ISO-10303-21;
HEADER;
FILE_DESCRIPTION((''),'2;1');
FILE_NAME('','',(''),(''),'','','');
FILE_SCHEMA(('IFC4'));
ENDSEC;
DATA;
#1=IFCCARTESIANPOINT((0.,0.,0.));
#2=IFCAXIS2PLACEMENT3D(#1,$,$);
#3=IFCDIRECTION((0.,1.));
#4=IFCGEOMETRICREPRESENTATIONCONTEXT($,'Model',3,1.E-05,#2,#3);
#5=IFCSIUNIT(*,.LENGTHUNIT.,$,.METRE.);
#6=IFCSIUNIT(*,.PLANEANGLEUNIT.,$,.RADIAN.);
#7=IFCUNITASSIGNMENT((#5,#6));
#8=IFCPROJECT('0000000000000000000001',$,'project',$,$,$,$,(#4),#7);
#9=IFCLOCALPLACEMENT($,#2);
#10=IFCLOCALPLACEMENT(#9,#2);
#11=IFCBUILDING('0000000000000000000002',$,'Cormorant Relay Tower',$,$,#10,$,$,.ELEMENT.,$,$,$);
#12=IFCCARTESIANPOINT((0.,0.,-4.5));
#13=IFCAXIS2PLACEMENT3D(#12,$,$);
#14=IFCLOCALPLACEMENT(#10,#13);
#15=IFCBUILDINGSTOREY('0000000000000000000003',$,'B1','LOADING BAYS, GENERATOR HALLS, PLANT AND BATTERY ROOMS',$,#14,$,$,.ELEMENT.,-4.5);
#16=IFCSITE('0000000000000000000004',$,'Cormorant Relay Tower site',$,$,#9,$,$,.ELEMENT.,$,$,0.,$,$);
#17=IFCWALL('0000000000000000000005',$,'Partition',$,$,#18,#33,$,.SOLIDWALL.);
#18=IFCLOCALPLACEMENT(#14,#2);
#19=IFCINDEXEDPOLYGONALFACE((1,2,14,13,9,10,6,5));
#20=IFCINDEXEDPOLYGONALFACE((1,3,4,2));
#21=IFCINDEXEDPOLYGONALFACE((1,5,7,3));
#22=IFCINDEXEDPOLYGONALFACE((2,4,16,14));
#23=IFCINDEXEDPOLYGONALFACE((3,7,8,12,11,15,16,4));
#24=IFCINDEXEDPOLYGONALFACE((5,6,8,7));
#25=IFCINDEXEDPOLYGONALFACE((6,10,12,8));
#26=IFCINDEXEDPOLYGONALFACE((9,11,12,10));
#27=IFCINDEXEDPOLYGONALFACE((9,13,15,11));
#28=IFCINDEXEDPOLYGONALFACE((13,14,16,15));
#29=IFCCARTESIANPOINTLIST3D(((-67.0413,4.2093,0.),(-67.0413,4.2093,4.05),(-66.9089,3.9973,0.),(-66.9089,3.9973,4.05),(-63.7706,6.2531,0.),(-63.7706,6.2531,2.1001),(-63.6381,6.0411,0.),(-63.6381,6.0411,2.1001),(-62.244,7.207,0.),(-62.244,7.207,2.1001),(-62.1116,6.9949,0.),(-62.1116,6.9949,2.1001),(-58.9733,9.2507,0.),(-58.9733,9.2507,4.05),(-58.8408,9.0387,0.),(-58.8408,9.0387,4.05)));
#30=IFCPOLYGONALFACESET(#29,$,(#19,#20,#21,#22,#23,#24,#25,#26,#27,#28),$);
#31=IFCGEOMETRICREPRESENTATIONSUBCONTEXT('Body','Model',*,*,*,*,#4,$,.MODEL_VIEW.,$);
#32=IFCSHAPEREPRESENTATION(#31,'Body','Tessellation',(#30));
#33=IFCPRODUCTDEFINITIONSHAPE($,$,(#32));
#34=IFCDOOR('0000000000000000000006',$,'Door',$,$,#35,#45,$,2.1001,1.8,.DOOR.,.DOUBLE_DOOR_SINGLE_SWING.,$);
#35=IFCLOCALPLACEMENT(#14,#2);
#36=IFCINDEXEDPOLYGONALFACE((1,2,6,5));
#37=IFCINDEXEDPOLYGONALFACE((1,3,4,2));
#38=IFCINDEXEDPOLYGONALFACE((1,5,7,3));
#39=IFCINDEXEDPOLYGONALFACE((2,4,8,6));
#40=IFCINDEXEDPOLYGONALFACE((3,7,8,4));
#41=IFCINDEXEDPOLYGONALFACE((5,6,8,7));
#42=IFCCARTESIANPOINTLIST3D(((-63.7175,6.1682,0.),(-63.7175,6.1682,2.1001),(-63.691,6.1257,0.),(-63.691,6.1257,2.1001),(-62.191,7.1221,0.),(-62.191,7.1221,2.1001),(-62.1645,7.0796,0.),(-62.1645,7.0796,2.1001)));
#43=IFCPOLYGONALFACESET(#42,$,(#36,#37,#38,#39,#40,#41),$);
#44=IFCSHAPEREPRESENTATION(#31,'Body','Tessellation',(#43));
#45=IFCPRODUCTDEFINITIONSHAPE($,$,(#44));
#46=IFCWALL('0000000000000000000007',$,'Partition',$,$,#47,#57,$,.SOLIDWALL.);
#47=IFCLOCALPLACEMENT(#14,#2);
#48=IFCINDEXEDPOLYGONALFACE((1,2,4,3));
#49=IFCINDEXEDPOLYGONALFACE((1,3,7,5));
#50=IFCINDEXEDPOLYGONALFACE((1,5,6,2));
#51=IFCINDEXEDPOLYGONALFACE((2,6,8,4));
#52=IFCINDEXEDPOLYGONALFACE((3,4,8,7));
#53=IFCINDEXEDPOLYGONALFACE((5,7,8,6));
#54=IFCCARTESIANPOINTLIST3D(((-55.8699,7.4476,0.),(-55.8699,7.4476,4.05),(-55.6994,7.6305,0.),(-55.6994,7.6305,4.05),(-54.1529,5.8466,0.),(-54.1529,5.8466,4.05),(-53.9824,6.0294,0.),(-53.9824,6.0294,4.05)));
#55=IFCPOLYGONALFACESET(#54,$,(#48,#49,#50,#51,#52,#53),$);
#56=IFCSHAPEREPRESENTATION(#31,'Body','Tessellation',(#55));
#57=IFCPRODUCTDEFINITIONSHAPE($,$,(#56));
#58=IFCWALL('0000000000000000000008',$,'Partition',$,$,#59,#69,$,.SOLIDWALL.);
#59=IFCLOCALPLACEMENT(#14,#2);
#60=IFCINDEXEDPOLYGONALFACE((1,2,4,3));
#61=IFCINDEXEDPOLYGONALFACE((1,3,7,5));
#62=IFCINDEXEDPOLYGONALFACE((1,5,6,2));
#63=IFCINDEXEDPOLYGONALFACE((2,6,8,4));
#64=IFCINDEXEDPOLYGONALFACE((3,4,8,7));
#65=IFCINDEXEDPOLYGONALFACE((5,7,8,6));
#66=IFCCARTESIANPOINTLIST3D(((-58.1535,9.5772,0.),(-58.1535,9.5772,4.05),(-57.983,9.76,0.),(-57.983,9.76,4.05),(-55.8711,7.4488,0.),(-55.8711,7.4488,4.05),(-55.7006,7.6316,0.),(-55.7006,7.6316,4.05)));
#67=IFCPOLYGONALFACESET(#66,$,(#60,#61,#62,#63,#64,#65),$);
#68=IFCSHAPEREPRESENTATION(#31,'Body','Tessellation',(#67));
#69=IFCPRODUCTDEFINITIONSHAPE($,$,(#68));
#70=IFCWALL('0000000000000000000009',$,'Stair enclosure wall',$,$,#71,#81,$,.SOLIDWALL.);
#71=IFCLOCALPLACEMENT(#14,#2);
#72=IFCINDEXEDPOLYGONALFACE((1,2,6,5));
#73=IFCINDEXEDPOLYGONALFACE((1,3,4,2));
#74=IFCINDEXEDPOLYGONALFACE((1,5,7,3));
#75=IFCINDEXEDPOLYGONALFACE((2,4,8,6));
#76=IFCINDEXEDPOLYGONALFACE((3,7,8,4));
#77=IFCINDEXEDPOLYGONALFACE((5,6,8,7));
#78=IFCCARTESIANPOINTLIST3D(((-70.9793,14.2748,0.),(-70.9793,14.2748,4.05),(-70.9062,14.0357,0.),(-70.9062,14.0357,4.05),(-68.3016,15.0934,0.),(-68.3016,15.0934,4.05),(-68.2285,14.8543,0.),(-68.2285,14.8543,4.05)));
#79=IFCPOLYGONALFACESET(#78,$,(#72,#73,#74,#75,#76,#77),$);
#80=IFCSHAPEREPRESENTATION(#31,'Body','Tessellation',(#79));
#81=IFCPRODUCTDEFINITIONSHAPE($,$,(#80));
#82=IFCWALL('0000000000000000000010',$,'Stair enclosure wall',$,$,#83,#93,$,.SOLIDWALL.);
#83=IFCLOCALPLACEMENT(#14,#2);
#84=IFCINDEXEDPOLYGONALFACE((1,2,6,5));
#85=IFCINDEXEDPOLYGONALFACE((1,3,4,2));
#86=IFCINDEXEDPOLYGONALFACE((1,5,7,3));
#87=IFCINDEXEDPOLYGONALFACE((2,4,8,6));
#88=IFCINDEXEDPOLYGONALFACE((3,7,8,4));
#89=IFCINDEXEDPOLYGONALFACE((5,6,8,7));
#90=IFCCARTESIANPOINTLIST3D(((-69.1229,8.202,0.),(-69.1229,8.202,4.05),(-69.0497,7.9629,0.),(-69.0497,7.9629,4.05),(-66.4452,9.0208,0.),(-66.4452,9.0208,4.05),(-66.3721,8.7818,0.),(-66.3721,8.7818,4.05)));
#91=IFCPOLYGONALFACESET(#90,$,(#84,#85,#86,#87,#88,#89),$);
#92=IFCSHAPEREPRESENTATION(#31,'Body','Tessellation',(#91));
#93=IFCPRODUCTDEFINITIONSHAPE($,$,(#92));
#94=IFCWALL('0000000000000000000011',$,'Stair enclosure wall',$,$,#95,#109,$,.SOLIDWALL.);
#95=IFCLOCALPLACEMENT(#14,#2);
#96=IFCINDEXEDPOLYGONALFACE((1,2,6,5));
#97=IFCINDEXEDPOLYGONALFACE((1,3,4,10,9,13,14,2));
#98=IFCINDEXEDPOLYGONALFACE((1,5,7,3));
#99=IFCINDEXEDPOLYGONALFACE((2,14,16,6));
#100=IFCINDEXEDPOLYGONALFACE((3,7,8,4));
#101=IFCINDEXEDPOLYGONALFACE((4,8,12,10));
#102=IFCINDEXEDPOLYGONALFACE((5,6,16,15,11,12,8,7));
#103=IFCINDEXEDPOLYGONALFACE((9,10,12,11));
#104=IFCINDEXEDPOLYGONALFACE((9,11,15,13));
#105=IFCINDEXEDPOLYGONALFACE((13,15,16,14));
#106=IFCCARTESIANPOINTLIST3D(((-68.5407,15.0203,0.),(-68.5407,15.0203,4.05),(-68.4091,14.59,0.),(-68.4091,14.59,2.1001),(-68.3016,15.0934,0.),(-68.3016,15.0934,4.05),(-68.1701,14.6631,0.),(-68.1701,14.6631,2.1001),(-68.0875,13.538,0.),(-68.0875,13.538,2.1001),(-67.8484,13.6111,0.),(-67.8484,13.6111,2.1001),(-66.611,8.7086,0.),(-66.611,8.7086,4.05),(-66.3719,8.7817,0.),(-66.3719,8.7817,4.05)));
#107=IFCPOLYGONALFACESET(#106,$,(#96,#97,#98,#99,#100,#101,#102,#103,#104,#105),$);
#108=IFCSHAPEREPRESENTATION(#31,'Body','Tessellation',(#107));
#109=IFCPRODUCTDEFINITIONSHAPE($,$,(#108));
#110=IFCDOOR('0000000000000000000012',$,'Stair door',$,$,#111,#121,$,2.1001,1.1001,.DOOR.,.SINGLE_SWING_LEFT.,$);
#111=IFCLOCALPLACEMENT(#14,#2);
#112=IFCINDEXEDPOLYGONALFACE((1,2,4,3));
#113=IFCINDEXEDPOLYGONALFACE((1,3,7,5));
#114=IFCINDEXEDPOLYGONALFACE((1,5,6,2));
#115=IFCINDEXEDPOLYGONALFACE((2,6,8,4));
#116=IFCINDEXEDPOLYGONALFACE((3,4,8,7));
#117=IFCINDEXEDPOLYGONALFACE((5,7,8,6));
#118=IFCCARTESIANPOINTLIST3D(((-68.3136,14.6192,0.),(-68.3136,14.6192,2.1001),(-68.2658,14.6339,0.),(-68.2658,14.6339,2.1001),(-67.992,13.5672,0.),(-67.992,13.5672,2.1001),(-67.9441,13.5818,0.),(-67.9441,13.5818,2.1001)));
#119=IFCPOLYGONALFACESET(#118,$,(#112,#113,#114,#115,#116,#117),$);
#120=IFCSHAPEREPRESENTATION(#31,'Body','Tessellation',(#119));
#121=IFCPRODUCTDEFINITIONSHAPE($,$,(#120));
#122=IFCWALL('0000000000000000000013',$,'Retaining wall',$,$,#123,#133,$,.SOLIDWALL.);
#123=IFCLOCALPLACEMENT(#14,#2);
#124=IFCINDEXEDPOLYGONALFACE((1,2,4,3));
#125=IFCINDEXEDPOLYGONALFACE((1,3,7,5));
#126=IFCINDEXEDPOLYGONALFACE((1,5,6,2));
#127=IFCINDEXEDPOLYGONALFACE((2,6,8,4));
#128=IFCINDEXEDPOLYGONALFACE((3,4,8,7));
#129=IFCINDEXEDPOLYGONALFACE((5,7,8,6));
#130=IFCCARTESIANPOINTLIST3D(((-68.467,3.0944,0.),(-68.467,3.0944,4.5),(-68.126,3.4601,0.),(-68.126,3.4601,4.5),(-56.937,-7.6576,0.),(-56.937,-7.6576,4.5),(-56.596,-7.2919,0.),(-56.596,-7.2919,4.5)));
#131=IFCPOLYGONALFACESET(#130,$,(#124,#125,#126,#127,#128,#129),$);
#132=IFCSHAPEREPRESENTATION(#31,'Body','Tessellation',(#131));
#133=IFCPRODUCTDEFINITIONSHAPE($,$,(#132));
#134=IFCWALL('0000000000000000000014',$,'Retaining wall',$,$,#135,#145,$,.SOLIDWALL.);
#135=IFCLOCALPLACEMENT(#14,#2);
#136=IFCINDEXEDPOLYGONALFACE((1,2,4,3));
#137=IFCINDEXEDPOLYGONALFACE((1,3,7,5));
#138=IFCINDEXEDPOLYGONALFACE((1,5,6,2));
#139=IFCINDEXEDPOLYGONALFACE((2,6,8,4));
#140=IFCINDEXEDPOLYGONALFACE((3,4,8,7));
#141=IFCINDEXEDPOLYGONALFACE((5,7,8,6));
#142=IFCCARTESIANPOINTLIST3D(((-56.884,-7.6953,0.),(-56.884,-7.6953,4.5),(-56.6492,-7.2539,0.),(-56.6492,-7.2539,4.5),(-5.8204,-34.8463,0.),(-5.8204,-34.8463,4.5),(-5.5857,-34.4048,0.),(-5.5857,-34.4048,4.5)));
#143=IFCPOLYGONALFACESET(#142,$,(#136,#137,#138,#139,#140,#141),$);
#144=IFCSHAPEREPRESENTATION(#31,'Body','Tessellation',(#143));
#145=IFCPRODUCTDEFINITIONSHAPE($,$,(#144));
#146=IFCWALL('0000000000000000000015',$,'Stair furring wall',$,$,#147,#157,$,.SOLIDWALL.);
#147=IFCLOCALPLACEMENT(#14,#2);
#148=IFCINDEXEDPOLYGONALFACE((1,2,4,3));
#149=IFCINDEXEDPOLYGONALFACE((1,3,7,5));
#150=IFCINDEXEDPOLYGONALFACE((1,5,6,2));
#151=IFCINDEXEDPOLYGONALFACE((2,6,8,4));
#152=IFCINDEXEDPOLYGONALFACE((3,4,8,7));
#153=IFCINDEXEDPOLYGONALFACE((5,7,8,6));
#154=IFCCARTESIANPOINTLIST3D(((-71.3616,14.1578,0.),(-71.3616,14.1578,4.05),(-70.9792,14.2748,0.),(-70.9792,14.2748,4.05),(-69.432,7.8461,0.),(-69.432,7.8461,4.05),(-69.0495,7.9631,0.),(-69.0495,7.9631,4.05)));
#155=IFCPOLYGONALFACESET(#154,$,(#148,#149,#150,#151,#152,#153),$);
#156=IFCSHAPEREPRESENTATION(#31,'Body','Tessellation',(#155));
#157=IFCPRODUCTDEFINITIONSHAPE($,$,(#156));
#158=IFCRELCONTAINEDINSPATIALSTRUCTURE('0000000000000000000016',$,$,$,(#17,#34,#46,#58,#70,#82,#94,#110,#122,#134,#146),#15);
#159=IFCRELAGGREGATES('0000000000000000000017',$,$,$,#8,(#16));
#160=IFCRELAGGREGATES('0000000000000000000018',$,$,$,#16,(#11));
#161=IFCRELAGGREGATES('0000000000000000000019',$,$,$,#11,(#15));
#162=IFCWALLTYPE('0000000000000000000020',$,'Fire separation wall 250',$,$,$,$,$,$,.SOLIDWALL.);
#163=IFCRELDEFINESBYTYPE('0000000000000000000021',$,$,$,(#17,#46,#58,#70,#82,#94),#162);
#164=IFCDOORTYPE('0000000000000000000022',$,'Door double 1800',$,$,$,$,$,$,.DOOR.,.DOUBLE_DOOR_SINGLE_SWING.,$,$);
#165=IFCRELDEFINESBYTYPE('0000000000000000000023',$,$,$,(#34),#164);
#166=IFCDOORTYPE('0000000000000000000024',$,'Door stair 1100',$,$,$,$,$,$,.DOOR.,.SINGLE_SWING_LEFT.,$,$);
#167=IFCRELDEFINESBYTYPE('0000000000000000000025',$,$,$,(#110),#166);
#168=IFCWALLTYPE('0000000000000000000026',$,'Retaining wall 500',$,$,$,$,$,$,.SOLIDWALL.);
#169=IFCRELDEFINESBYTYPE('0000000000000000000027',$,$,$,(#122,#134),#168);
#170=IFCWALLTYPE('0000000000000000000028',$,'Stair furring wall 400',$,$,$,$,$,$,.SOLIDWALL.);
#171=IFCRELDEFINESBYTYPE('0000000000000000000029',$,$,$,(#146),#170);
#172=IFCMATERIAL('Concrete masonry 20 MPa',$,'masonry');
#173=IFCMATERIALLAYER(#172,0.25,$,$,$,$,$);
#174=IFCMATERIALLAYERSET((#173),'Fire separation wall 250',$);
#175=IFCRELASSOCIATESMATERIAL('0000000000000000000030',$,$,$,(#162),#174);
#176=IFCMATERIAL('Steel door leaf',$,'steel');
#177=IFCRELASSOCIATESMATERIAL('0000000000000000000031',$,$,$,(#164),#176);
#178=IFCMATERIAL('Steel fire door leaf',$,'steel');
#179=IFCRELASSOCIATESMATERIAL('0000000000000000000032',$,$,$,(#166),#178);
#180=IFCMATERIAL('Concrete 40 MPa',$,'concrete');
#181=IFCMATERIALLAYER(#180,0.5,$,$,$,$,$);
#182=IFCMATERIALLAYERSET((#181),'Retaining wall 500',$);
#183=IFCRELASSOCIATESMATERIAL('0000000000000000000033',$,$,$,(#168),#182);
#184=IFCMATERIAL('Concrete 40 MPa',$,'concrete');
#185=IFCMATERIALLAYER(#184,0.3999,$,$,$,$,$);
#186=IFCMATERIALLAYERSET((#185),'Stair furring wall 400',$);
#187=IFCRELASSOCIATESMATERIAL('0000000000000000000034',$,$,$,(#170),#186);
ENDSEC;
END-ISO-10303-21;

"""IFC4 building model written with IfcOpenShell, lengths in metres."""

from ifc_helpers import new_model, si_unit, direction, frame, frame_2d, origin, place, context, subcontext, project, spatial, rectangle, extrude, material, layer, layer_set, type_object, element, fill, save


model = new_model("IFC4")

# Units and contexts
model_context = context("Model", 3, precision=1e-05, world=origin(), true_north=direction((0.0, 1.0)))
body_context = subcontext(model_context, "Body", "Model", "MODEL_VIEW")
ifc_project = project(units=[si_unit("LENGTHUNIT", "METRE"), si_unit("PLANEANGLEUNIT", "RADIAN")], contexts=[model_context])

# Site, building, storey
site_placement = place(None, origin())
site = spatial("IfcSite", under=ifc_project, at=site_placement, Name="Cormorant Relay Tower site", CompositionType="ELEMENT", RefElevation=0.0)
building_placement = place(site_placement, origin())
building = spatial("IfcBuilding", under=site, at=building_placement, Name="Cormorant Relay Tower", CompositionType="ELEMENT")
storey_placement = place(building_placement, frame((0.0, 0.0, -4.5)))
storey = spatial("IfcBuildingStorey", under=building, at=storey_placement, Name="B1", Description="LOADING BAYS, GENERATOR HALLS, PLANT AND BATTERY ROOMS", CompositionType="ELEMENT", Elevation=-4.5)

# Shared definitions
ifc_material_1 = material(Name="Concrete masonry 20 MPa", Category="masonry")
ifc_layer_1 = layer(ifc_material_1, 0.25)
ifc_layer_set_1 = layer_set([ifc_layer_1], Name="Fire separation wall 250")
wall_type_1 = type_object("IfcWallType", Name="Fire separation wall 250", PredefinedType="SOLIDWALL", material=ifc_layer_set_1)

# Wall, opening, door
wall_1_placement = place(storey_placement, frame((-66.9751, 4.1033, 0.0), z_axis=(0.0, 0.0, 1.0), x_axis=(0.848049, 0.529918, 0.0)))
wall_1 = element("IfcWall", 1, at=wall_1_placement, inside=storey, type_object=wall_type_1, Name="Partition", PredefinedType="SOLIDWALL", context=body_context, shape_type="SweptSolid", body=[
    extrude(rectangle(XDim=9.5137, YDim=0.25, at=frame_2d((4.7568, 0.0))), origin(), (0.0, 0.0, 1.0), 4.05),
])
opening_1_placement = place(wall_1_placement, frame((3.8569, 0.0, 0.0)))
opening_1 = element("IfcOpeningElement", 2, at=opening_1_placement, cuts=wall_1, PredefinedType="OPENING", context=body_context, shape_type="SweptSolid", body=[
    extrude(rectangle(XDim=1.8, YDim=2.1001, at=frame_2d((0.8999, 1.05))), frame((0.0, 0.135, 0.0), z_axis=(0.0, -1.0, 0.0), x_axis=(1.0, 0.0, 0.0)), (0.0, 0.0, 1.0), 0.27),
])
ifc_material_2 = material(Name="Steel door leaf", Category="steel")
door_type_1 = type_object("IfcDoorType", Name="Door double 1800", OperationType="DOUBLE_DOOR_SINGLE_SWING", PredefinedType="DOOR", material=ifc_material_2)
door_1_placement = place(opening_1_placement, origin())
door_1 = element("IfcDoor", 3, at=door_1_placement, inside=storey, type_object=door_type_1, Name="Door", OperationType="DOUBLE_DOOR_SINGLE_SWING", OverallHeight=2.1001, OverallWidth=1.8, PredefinedType="DOOR", context=body_context, shape_type="SweptSolid", body=[
    extrude(rectangle(XDim=1.8, YDim=2.1001, at=frame_2d((0.8999, 1.05))), frame((0.0, 0.0249, 0.0), z_axis=(0.0, -1.0, 0.0), x_axis=(1.0, 0.0, 0.0)), (0.0, 0.0, 1.0), 0.05),
])
fill(opening_1, door_1)

# Walls
wall_2_placement = place(storey_placement, frame((-55.7847, 7.5391, 0.0), z_axis=(0.0, 0.0, 1.0), x_axis=(0.731373, -0.681977, 0.0)))
element("IfcWall", 4, at=wall_2_placement, inside=storey, type_object=wall_type_1, Name="Partition", PredefinedType="SOLIDWALL", context=body_context, shape_type="SweptSolid", body=[
    extrude(rectangle(XDim=2.3477, YDim=0.25, at=frame_2d((1.1738, 0.0))), origin(), (0.0, 0.0, 1.0), 4.05),
])
wall_3_placement = place(storey_placement, frame((-58.0684, 9.6687, 0.0), z_axis=(0.0, 0.0, 1.0), x_axis=(0.731357, -0.681995, 0.0)))
element("IfcWall", 5, at=wall_3_placement, inside=storey, type_object=wall_type_1, Name="Partition", PredefinedType="SOLIDWALL", context=body_context, shape_type="SweptSolid", body=[
    extrude(rectangle(XDim=3.1208, YDim=0.25, at=frame_2d((1.5605, 0.0))), origin(), (0.0, 0.0, 1.0), 4.05),
])
for number, where, z_axis, x_axis, name in (
    (6, (-70.9426, 14.1553, 0.0), (0.0, 0.0, 1.0), (0.956311, 0.292351, 0.0), "Stair enclosure wall"),
    (7, (-69.0862, 8.0825, 0.0), (0.0, 0.0, 1.0), (0.956287, 0.292431, 0.0), "Stair enclosure wall"),
):
    element("IfcWall", number, at=place(storey_placement, frame(where, z_axis=z_axis, x_axis=x_axis)), inside=storey, type_object=wall_type_1, Name=name, PredefinedType="SOLIDWALL", context=body_context, shape_type="SweptSolid", body=[
        extrude(rectangle(XDim=2.8, YDim=0.25, at=frame_2d((1.3999, 0.0))), origin(), (0.0, 0.0, 1.0), 4.05),
    ])

# Wall, opening, door
wall_4_placement = place(storey_placement, frame((-68.4211, 15.0569, 0.0), z_axis=(0.0, 0.0, 1.0), x_axis=(0.29237, -0.956305, 0.0)))
wall_4 = element("IfcWall", 8, at=wall_4_placement, inside=storey, type_object=wall_type_1, Name="Stair enclosure wall", PredefinedType="SOLIDWALL", context=body_context, shape_type="SweptSolid", body=[
    extrude(rectangle(XDim=6.6001, YDim=0.25, at=frame_2d((3.3, 0.0))), origin(), (0.0, 0.0, 1.0), 4.05),
])
opening_2_placement = place(wall_4_placement, frame((0.45, 0.0, 0.0)))
opening_2 = element("IfcOpeningElement", 9, at=opening_2_placement, cuts=wall_4, PredefinedType="OPENING", context=body_context, shape_type="SweptSolid", body=[
    extrude(rectangle(XDim=1.1001, YDim=2.1001, at=frame_2d((0.55, 1.05))), frame((0.0, 0.135, 0.0), z_axis=(0.0, -1.0, 0.0), x_axis=(1.0, 0.0, 0.0)), (0.0, 0.0, 1.0), 0.27),
])
ifc_material_3 = material(Name="Steel fire door leaf", Category="steel")
door_type_2 = type_object("IfcDoorType", Name="Door stair 1100", OperationType="SINGLE_SWING_LEFT", PredefinedType="DOOR", material=ifc_material_3)
door_2_placement = place(opening_2_placement, origin())
door_2 = element("IfcDoor", 10, at=door_2_placement, inside=storey, type_object=door_type_2, Name="Stair door", OperationType="SINGLE_SWING_LEFT", OverallHeight=2.1001, OverallWidth=1.1001, PredefinedType="DOOR", context=body_context, shape_type="SweptSolid", body=[
    extrude(rectangle(XDim=1.1001, YDim=2.1001, at=frame_2d((0.55, 1.05))), frame((0.0, 0.0249, 0.0), z_axis=(0.0, -1.0, 0.0), x_axis=(1.0, 0.0, 0.0)), (0.0, 0.0, 1.0), 0.05),
])
fill(opening_2, door_2)

# Walls
ifc_material_4 = material(Name="Concrete 40 MPa", Category="concrete")
ifc_layer_2 = layer(ifc_material_4, 0.5)
ifc_layer_set_2 = layer_set([ifc_layer_2], Name="Retaining wall 500")
wall_type_2 = type_object("IfcWallType", Name="Retaining wall 500", PredefinedType="SOLIDWALL", material=ifc_layer_set_2)
wall_5_placement = place(storey_placement, frame((-68.2966, 3.2773, 0.0), z_axis=(0.0, 0.0, 1.0), x_axis=(0.731353, -0.681999, 0.0)))
element("IfcWall", 11, at=wall_5_placement, inside=storey, type_object=wall_type_2, Name="Retaining wall", PredefinedType="SOLIDWALL", context=body_context, shape_type="SweptSolid", body=[
    extrude(rectangle(XDim=15.7654, YDim=0.5, at=frame_2d((7.8828, 0.0))), origin(), (0.0, 0.0, 1.0), 4.5),
])
wall_6_placement = place(storey_placement, frame((-56.7666, -7.4746, 0.0), z_axis=(0.0, 0.0, 1.0), x_axis=(0.882948, -0.469471, 0.0)))
element("IfcWall", 12, at=wall_6_placement, inside=storey, type_object=wall_type_2, Name="Retaining wall", PredefinedType="SOLIDWALL", context=body_context, shape_type="SweptSolid", body=[
    extrude(rectangle(XDim=57.833, YDim=0.5, at=frame_2d((28.9165, 0.0))), origin(), (0.0, 0.0, 1.0), 4.5),
])
ifc_material_5 = material(Name="Concrete 40 MPa", Category="concrete")
ifc_layer_3 = layer(ifc_material_5, 0.3999)
ifc_layer_set_3 = layer_set([ifc_layer_3], Name="Stair furring wall 400")
wall_type_3 = type_object("IfcWallType", Name="Stair furring wall 400", PredefinedType="SOLIDWALL", material=ifc_layer_set_3)
wall_7_placement = place(storey_placement, frame((-71.1704, 14.2163, 0.0), z_axis=(0.0, 0.0, 1.0), x_axis=(0.29237, -0.956305, 0.0)))
element("IfcWall", 13, at=wall_7_placement, inside=storey, type_object=wall_type_3, Name="Stair furring wall", PredefinedType="SOLIDWALL", context=body_context, shape_type="SweptSolid", body=[
    extrude(rectangle(XDim=6.6001, YDim=0.3999, at=frame_2d((3.3, 0.0))), origin(), (0.0, 0.0, 1.0), 4.05),
])

save(model, "model.ifc")
